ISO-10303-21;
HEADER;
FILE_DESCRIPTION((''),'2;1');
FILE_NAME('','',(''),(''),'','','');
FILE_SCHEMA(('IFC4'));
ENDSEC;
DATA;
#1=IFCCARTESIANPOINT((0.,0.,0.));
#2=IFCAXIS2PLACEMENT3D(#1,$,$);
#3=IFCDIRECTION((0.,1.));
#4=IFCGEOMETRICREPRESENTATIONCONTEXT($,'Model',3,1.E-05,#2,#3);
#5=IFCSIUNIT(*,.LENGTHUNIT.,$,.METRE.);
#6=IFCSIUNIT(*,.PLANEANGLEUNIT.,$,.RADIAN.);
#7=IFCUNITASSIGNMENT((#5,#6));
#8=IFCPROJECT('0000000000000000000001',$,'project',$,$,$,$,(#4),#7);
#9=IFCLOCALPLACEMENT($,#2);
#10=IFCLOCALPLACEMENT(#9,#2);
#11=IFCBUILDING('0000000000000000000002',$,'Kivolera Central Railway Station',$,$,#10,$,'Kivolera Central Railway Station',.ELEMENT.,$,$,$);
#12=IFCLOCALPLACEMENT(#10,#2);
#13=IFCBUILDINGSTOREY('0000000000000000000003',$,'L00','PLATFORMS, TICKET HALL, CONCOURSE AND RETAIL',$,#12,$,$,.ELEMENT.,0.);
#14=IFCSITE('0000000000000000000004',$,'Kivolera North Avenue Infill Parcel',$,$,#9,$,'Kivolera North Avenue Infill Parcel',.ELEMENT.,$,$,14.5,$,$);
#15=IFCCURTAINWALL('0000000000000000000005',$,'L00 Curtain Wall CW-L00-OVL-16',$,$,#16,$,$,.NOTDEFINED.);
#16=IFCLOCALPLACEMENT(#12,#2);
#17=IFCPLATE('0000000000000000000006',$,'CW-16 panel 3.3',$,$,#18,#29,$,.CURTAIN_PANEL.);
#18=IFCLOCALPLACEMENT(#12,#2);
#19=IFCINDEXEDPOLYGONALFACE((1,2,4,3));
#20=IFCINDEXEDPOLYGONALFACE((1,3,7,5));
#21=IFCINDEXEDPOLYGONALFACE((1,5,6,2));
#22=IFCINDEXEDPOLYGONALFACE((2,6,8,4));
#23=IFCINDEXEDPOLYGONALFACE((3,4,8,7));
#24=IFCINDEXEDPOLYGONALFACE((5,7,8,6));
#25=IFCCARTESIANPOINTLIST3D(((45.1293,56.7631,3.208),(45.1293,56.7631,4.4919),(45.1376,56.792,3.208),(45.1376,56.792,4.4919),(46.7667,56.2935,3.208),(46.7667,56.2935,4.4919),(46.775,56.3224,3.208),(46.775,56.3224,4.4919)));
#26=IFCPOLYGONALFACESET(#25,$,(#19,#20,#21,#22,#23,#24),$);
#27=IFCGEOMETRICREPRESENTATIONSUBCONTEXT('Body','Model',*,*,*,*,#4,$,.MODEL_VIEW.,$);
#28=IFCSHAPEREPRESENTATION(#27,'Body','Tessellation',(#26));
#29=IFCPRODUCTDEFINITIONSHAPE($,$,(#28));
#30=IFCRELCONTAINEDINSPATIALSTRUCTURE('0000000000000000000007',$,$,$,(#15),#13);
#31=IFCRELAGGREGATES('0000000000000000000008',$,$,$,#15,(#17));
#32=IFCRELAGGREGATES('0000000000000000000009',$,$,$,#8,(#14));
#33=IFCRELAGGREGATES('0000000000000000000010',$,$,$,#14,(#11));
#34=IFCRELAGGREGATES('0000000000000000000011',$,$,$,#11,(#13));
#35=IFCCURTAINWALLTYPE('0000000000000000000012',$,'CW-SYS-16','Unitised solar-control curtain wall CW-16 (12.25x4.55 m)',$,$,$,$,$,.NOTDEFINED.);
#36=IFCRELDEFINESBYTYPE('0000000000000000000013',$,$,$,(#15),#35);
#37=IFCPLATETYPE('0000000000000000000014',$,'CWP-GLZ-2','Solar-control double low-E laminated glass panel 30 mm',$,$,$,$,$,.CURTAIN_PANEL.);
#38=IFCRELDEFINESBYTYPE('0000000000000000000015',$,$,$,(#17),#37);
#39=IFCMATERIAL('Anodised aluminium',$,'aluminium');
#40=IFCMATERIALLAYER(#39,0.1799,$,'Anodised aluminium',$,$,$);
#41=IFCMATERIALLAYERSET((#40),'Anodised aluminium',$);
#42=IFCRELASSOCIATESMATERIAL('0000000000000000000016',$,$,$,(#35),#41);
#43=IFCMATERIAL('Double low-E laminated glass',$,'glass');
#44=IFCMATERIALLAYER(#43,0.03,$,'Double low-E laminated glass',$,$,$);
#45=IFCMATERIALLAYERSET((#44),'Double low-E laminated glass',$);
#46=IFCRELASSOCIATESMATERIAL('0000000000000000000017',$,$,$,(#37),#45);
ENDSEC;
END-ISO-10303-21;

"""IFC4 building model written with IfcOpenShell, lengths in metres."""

from ifc_helpers import new_model, si_unit, direction, frame, origin, origin_2d, place, context, subcontext, project, spatial, rectangle, extrude, material, layer, layer_set, type_object, element, aggregate, save


model = new_model("IFC4")

# Units and contexts
model_context = context("Model", 3, precision=1e-05, world=origin(), true_north=direction((0.0, 1.0)))
body_context = subcontext(model_context, "Body", "Model", "MODEL_VIEW")
ifc_project = project(units=[si_unit("LENGTHUNIT", "METRE"), si_unit("PLANEANGLEUNIT", "RADIAN")], contexts=[model_context])

# Site, building, storey
site_placement = place(None, origin())
site = spatial("IfcSite", under=ifc_project, at=site_placement, Name="Kivolera North Avenue Infill Parcel", LongName="Kivolera North Avenue Infill Parcel", CompositionType="ELEMENT", RefElevation=14.5)
building_placement = place(site_placement, origin())
building = spatial("IfcBuilding", under=site, at=building_placement, Name="Kivolera Central Railway Station", LongName="Kivolera Central Railway Station", CompositionType="ELEMENT")
storey_placement = place(building_placement, origin())
storey = spatial("IfcBuildingStorey", under=building, at=storey_placement, Name="L00", Description="PLATFORMS, TICKET HALL, CONCOURSE AND RETAIL", CompositionType="ELEMENT", Elevation=0.0)

# Curtain wall, plate
ifc_material_1 = material(Name="Anodised aluminium", Category="aluminium")
ifc_layer_1 = layer(ifc_material_1, 0.1799, Name="Anodised aluminium")
ifc_layer_set_1 = layer_set([ifc_layer_1], Name="Anodised aluminium")
curtain_wall_type = type_object("IfcCurtainWallType", Name="CW-SYS-16", Description="Unitised solar-control curtain wall CW-16 (12.25x4.55 m)", PredefinedType="NOTDEFINED", material=ifc_layer_set_1)
curtain_wall_placement = place(storey_placement, origin())
curtain_wall = element("IfcCurtainWall", 1, at=curtain_wall_placement, inside=storey, type_object=curtain_wall_type, Name="L00 Curtain Wall CW-L00-OVL-16", PredefinedType="NOTDEFINED")
ifc_material_2 = material(Name="Double low-E laminated glass", Category="glass")
ifc_layer_2 = layer(ifc_material_2, 0.03, Name="Double low-E laminated glass")
ifc_layer_set_2 = layer_set([ifc_layer_2], Name="Double low-E laminated glass")
plate_type = type_object("IfcPlateType", Name="CWP-GLZ-2", Description="Solar-control double low-E laminated glass panel 30 mm", PredefinedType="CURTAIN_PANEL", material=ifc_layer_set_2)
plate_1_placement = place(storey_placement, frame((45.9521, 56.5427, 3.208), z_axis=(0.0, 0.0, 1.0), x_axis=(-0.961246, 0.275692, 0.0)))
plate_1 = element("IfcPlate", 2, at=plate_1_placement, type_object=plate_type, Name="CW-16 panel 3.3", PredefinedType="CURTAIN_PANEL", context=body_context, shape_type="SweptSolid", body=[
    extrude(rectangle(XDim=1.7034, YDim=0.03, at=origin_2d()), origin(), (0.0, 0.0, 1.0), 1.2839),
])
aggregate(curtain_wall, [plate_1])

save(model, "model.ifc")
